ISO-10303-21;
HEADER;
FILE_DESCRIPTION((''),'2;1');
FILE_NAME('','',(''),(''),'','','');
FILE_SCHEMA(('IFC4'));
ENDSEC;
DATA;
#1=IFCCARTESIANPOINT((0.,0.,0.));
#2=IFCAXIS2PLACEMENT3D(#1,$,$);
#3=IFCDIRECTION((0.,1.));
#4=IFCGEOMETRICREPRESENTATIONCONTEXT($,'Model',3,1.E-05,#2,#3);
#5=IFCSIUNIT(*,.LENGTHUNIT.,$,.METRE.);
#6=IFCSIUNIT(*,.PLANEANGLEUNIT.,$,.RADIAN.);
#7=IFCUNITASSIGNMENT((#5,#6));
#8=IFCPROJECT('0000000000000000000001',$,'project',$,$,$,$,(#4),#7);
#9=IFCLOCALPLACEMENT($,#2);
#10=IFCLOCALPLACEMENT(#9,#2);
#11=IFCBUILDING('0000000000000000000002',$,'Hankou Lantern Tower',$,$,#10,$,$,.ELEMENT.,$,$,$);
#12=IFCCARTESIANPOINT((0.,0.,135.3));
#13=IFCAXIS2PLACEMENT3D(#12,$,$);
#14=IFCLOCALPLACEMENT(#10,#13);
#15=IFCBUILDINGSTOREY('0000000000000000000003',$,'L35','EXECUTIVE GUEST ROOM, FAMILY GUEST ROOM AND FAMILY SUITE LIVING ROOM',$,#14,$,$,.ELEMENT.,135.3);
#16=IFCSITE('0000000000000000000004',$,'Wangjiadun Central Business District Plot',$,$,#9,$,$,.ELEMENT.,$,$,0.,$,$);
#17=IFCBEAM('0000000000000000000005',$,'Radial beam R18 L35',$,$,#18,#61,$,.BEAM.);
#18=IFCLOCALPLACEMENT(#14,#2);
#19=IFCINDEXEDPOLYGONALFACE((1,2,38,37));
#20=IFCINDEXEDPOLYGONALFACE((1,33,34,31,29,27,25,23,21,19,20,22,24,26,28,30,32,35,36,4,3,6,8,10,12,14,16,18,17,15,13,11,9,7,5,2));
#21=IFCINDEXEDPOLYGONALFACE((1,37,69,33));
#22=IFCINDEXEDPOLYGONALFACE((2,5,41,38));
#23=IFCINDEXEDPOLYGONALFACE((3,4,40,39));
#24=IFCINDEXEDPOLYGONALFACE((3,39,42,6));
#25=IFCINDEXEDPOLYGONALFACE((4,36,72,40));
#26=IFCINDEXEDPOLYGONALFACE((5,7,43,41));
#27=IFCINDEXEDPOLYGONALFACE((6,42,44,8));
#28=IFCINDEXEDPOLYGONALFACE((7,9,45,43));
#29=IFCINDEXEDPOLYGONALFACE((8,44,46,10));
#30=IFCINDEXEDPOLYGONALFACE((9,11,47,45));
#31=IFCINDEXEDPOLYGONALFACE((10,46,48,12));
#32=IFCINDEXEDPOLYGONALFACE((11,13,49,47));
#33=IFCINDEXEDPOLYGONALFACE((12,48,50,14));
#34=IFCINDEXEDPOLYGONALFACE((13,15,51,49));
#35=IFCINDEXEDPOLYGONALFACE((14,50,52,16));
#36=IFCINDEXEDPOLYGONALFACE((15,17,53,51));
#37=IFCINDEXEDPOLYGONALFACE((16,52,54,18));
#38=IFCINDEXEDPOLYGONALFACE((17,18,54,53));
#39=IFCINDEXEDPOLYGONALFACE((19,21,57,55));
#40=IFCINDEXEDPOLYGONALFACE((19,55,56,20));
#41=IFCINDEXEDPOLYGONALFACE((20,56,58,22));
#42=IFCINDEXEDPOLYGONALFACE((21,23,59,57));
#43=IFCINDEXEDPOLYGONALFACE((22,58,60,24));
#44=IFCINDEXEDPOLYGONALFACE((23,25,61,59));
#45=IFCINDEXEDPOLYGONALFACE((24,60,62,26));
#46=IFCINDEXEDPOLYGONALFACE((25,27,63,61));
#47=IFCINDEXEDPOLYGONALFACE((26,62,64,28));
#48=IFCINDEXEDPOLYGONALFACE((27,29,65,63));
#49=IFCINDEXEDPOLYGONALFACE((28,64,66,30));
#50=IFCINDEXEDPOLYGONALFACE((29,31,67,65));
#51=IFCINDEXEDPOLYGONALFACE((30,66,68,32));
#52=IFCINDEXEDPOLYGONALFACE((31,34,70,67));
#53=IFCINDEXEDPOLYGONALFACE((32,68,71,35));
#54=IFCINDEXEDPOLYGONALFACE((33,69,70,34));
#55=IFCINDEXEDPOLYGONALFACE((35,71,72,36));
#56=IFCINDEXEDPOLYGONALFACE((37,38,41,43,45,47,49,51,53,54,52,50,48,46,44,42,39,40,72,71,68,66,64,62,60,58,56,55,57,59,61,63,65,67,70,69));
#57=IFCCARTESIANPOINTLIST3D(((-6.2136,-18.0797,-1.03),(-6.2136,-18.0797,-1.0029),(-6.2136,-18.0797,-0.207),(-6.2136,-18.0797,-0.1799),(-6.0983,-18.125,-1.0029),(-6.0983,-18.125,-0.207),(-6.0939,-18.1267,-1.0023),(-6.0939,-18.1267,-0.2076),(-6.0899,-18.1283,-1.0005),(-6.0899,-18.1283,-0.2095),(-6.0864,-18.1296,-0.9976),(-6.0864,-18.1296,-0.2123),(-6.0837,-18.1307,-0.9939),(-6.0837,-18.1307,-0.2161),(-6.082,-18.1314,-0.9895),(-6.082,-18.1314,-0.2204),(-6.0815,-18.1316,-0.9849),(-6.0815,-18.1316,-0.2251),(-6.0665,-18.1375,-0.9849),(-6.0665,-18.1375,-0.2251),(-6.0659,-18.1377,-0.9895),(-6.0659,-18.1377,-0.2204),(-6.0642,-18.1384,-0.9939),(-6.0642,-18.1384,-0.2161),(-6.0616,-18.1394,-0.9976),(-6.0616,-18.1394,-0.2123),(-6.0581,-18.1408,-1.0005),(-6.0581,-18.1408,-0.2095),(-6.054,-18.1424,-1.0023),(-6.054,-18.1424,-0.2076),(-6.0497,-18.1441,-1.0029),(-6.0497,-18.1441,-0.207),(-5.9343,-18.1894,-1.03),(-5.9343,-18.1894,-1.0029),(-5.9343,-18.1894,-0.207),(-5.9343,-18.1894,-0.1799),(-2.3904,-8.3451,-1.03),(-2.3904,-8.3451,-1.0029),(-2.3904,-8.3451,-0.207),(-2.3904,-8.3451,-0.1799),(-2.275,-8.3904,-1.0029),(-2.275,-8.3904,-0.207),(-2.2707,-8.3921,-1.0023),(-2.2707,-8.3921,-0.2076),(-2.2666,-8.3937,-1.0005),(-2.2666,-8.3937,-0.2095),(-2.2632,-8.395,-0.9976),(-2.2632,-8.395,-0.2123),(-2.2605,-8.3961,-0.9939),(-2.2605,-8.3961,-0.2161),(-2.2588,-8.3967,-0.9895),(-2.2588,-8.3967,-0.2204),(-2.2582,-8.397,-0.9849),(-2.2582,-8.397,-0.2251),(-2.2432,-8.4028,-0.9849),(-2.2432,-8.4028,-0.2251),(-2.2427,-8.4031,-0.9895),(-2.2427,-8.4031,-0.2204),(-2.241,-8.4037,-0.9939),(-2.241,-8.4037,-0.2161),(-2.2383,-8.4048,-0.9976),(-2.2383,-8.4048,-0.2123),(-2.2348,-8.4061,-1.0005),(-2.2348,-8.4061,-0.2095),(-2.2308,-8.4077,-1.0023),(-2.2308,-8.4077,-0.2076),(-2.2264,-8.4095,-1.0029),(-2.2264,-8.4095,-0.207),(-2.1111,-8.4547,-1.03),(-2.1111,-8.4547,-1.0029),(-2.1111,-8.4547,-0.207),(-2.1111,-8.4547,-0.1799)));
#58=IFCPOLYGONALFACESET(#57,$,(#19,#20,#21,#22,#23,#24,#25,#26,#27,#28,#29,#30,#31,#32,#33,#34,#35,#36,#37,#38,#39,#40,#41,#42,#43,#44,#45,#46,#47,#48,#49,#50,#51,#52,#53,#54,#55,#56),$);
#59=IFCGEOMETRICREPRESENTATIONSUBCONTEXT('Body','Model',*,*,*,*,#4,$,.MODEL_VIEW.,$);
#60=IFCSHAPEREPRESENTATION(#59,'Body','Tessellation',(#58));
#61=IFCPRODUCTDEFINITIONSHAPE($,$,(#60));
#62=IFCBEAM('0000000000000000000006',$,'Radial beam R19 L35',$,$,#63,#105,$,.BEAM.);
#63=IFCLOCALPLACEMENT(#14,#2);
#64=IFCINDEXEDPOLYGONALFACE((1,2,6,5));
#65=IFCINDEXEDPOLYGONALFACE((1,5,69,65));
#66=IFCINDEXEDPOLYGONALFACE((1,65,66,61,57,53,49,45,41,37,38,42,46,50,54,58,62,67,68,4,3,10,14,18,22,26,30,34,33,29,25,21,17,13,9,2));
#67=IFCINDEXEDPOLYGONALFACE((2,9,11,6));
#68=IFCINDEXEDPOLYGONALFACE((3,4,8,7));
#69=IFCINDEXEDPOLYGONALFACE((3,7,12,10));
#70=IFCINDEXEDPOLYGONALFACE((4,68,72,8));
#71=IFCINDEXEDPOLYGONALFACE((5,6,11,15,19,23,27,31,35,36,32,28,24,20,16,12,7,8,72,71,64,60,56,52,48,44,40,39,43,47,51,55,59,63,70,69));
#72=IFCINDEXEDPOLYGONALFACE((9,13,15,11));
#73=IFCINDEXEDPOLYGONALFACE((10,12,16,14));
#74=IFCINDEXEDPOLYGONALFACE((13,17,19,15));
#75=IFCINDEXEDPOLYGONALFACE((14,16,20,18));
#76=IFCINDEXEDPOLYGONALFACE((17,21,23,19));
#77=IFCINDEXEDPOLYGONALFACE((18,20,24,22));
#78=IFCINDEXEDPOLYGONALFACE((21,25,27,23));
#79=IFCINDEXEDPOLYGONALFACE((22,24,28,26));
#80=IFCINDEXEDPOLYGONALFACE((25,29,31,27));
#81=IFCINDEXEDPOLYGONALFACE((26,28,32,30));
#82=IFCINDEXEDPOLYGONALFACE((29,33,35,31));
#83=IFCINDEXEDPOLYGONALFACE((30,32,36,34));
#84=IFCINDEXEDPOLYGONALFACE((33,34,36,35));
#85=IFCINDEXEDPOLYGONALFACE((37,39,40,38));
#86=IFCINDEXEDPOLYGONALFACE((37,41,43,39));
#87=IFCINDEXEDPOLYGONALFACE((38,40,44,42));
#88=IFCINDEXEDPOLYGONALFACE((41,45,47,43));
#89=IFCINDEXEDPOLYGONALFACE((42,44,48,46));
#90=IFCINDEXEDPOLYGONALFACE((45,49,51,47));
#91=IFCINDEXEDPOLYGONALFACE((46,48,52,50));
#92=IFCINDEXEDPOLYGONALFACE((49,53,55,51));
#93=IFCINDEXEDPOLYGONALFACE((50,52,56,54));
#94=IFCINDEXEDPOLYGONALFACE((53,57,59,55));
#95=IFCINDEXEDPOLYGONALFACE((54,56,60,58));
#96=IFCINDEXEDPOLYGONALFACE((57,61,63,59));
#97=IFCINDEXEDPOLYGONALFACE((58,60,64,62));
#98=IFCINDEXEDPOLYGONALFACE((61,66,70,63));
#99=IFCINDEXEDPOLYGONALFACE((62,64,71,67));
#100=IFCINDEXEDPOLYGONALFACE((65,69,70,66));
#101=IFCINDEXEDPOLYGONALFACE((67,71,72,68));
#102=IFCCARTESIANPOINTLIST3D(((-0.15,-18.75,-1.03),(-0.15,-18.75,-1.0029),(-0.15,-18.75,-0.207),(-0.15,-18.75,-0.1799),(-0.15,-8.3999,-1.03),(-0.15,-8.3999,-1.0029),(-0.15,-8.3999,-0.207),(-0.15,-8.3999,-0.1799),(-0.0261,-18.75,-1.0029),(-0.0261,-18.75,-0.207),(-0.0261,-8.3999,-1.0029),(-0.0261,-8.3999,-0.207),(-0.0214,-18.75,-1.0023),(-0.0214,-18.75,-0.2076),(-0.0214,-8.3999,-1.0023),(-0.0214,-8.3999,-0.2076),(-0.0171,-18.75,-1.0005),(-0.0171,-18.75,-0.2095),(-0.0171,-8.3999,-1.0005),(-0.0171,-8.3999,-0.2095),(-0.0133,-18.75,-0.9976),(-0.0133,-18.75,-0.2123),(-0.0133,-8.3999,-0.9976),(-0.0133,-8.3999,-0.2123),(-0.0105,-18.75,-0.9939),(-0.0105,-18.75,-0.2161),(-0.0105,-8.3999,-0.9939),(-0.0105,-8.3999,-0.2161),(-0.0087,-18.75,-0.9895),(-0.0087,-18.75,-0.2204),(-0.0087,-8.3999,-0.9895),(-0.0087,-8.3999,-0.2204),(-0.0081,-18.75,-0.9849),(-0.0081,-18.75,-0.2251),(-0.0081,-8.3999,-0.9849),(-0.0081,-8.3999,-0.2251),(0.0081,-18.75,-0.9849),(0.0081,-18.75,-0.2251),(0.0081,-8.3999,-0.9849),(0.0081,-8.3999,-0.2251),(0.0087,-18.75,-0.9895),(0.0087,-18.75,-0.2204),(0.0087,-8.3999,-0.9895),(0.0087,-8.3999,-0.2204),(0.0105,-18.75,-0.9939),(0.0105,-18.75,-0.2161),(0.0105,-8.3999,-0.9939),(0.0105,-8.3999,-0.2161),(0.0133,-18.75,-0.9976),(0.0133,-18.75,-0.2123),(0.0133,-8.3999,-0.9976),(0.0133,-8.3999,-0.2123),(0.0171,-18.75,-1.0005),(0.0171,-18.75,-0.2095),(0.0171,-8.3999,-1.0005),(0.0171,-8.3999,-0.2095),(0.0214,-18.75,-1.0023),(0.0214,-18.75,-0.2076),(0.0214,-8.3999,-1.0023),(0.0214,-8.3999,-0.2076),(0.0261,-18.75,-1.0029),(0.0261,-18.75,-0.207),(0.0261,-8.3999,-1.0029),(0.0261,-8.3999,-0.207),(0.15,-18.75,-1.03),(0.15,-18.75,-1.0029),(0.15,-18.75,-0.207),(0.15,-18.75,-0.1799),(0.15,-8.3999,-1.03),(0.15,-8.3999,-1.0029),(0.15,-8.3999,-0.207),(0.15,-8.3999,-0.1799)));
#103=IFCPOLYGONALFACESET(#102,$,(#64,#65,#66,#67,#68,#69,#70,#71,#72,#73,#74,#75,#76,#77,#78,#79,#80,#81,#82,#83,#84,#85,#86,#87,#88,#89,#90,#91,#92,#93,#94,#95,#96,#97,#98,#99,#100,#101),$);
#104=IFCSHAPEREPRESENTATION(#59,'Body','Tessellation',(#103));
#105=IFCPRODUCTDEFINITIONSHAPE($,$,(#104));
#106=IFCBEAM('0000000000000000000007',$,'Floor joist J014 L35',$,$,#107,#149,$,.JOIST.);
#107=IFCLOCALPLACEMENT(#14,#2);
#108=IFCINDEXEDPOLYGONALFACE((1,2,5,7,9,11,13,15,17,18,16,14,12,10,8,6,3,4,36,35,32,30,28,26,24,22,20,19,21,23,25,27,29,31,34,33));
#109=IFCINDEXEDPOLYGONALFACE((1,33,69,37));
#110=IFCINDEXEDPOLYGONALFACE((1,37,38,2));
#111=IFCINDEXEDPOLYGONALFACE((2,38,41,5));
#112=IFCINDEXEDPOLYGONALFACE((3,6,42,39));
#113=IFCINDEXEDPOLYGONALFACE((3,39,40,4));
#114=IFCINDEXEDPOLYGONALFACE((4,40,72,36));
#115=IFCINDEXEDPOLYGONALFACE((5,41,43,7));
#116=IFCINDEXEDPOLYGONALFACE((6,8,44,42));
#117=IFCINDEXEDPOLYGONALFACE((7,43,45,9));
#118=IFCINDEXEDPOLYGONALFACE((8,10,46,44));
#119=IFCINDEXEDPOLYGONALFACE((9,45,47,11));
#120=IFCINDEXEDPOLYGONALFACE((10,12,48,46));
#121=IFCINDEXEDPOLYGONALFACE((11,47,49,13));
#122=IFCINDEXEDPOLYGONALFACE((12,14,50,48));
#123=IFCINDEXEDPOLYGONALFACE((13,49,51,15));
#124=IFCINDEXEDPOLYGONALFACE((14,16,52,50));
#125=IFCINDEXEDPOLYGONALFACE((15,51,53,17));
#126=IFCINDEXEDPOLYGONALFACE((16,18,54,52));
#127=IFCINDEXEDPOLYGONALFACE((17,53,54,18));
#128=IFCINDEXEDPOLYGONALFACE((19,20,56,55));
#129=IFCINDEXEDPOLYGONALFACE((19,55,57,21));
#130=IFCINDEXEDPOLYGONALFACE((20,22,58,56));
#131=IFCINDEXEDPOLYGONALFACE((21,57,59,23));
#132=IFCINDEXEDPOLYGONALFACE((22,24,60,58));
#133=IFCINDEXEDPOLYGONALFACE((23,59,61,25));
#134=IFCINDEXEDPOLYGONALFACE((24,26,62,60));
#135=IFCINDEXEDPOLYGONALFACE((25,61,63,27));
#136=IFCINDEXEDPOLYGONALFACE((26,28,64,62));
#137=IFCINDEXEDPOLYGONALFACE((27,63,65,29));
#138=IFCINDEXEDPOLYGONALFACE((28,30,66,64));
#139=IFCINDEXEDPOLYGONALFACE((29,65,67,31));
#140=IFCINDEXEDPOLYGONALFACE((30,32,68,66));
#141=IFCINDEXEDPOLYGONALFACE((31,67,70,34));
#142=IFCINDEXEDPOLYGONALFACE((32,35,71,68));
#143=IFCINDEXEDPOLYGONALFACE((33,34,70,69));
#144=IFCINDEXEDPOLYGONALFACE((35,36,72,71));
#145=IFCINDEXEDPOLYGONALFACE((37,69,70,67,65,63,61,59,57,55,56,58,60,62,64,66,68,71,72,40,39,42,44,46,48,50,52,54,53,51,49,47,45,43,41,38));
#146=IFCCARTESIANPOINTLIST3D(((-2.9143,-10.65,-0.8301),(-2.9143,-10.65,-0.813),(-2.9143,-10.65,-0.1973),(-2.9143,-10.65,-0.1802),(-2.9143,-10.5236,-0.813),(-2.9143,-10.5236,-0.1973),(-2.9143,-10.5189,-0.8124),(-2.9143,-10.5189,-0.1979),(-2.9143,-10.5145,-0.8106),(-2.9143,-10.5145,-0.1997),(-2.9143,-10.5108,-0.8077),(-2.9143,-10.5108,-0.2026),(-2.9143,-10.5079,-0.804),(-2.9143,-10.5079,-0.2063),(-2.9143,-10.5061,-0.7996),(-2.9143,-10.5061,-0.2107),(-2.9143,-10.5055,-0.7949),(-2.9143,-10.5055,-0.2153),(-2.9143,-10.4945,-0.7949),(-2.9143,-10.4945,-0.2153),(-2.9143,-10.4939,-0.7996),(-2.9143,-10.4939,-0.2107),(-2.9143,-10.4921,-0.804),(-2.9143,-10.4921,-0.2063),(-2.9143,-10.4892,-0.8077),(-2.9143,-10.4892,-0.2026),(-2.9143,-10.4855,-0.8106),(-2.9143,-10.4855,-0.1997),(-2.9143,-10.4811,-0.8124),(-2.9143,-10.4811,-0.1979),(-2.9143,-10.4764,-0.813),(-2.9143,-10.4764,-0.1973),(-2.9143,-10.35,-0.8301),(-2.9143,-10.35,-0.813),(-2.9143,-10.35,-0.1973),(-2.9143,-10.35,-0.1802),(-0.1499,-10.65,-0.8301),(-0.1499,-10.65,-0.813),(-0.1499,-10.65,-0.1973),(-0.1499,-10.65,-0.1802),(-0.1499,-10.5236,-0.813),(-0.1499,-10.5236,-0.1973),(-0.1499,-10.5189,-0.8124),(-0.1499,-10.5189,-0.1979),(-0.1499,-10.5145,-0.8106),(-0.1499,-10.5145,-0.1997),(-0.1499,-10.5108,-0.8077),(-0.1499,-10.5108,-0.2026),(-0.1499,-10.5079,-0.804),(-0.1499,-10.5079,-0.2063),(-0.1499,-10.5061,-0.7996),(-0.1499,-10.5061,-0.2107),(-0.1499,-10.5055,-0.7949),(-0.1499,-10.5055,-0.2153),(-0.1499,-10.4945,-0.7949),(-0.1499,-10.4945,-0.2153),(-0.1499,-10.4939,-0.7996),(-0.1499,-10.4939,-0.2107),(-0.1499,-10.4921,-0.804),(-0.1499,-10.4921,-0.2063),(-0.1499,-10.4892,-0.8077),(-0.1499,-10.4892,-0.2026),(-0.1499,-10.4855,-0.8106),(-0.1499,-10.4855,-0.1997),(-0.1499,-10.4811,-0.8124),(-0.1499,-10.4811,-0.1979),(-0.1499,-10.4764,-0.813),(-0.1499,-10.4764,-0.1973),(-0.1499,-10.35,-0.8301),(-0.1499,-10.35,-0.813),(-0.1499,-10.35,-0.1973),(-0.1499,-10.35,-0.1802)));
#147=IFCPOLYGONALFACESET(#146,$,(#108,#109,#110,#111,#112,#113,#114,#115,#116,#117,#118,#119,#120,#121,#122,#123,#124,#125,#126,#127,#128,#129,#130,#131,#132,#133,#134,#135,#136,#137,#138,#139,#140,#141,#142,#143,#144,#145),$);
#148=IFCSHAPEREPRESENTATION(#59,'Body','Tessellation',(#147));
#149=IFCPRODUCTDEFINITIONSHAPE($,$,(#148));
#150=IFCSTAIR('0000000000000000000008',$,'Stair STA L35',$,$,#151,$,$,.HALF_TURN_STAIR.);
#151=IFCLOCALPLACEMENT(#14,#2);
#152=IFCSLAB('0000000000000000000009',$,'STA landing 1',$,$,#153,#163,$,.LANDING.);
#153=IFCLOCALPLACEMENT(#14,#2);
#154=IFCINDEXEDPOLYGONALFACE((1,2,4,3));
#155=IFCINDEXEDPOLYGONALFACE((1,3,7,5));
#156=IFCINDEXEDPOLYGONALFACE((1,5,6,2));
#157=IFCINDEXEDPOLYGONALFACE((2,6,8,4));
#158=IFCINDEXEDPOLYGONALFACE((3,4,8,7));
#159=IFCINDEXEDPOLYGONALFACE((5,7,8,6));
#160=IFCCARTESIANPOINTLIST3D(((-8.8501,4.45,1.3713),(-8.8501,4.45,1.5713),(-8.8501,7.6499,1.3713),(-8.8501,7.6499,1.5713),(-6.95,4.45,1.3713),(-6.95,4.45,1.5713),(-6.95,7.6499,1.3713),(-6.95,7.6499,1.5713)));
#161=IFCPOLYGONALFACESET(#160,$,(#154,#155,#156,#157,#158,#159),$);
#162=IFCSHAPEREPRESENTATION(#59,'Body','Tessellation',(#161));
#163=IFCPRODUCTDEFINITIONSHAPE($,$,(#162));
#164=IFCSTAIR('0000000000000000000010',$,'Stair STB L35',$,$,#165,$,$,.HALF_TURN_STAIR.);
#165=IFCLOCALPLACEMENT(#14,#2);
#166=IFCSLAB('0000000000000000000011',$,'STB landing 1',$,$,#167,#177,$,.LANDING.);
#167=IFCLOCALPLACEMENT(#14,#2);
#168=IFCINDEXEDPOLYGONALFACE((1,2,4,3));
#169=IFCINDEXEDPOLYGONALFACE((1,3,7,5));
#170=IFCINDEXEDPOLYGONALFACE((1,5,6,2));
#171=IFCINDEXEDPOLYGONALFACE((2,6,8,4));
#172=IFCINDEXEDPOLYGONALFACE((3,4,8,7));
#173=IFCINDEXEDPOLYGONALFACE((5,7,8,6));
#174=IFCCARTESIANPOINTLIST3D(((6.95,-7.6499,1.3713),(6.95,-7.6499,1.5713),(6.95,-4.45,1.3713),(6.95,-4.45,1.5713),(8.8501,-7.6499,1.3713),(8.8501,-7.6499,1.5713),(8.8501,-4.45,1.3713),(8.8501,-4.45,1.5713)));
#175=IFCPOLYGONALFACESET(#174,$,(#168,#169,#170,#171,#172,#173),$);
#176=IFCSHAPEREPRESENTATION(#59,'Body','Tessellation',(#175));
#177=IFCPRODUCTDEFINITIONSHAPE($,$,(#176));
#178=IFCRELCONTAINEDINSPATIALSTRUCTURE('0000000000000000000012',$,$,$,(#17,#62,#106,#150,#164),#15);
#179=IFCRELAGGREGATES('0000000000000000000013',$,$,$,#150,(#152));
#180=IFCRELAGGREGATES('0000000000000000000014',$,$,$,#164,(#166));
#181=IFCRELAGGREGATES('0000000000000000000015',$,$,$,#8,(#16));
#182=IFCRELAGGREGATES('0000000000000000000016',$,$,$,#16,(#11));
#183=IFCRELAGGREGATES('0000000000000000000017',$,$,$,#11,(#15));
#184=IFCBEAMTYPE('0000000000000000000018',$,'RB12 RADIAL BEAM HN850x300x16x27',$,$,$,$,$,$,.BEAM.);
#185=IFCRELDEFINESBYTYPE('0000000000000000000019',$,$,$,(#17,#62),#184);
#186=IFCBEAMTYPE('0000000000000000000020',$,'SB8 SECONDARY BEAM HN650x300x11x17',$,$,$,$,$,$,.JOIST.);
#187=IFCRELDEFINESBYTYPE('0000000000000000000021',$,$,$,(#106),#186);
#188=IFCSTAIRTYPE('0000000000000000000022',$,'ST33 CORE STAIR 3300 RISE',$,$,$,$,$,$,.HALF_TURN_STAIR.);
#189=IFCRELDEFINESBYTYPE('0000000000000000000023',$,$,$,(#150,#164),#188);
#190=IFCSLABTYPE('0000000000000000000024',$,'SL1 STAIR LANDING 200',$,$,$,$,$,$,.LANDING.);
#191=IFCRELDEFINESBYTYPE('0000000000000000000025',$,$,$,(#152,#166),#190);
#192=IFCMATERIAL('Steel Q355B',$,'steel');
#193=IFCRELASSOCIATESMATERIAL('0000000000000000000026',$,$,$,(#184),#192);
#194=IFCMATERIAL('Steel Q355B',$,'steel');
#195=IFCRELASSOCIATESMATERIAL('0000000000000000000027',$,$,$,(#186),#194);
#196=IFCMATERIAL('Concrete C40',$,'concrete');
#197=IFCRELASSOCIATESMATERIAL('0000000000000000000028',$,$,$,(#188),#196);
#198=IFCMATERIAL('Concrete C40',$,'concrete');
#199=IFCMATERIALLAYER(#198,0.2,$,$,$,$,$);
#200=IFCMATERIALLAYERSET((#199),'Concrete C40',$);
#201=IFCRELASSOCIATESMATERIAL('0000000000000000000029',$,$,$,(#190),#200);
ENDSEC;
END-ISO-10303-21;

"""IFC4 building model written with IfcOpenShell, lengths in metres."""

from ifc_helpers import new_model, si_unit, direction, frame, origin, origin_2d, place, context, subcontext, project, spatial, polyline, i_section, outline, extrude, material, layer, layer_set, material_profile, profile_set, type_object, element, aggregate, save


model = new_model("IFC4")

# Units and contexts
model_context = context("Model", 3, precision=1e-05, world=origin(), true_north=direction((0.0, 1.0)))
body_context = subcontext(model_context, "Body", "Model", "MODEL_VIEW")
ifc_project = project(units=[si_unit("LENGTHUNIT", "METRE"), si_unit("PLANEANGLEUNIT", "RADIAN")], contexts=[model_context])

# Site, building, storey
site_placement = place(None, origin())
site = spatial("IfcSite", under=ifc_project, at=site_placement, Name="Wangjiadun Central Business District Plot", CompositionType="ELEMENT", RefElevation=0.0)
building_placement = place(site_placement, origin())
building = spatial("IfcBuilding", under=site, at=building_placement, Name="Hankou Lantern Tower", CompositionType="ELEMENT")
storey_placement = place(building_placement, frame((0.0, 0.0, 135.3)))
storey = spatial("IfcBuildingStorey", under=building, at=storey_placement, Name="L35", Description="EXECUTIVE GUEST ROOM, FAMILY GUEST ROOM AND FAMILY SUITE LIVING ROOM", CompositionType="ELEMENT", Elevation=135.3)

# Beams
ifc_material_1 = material(Name="Steel Q355B", Category="steel")
ifc_material_profile_1 = material_profile(ifc_material_1, i_section(OverallWidth=0.3, OverallDepth=0.8501, WebThickness=0.0161, FlangeThickness=0.0271, FilletRadius=0.0181, at=origin_2d()), Name="HN850x300x16x27")
ifc_profile_set_1 = profile_set([ifc_material_profile_1], Name="Steel Q355B")
beam_type_1 = type_object("IfcBeamType", Name="RB12 RADIAL BEAM HN850x300x16x27", PredefinedType="BEAM", material=ifc_profile_set_1)
beam_1_placement = place(storey_placement, frame((-2.2507, -8.3999, -0.605), z_axis=(-0.365564, -0.930786, 0.0), x_axis=(0.930786, -0.365564, 0.0)))
element("IfcBeam", 1, at=beam_1_placement, inside=storey, type_object=beam_type_1, Name="Radial beam R18 L35", PredefinedType="BEAM", context=body_context, shape_type="SweptSolid", body=[
    extrude(i_section(OverallWidth=0.3, OverallDepth=0.8501, WebThickness=0.0161, FlangeThickness=0.0271, FilletRadius=0.0181, at=origin_2d()), origin(), (0.0, 0.0, 1.0), 10.4585),
])
beam_2_placement = place(storey_placement, frame((0.0, -8.3999, -0.605), z_axis=(0.0, -1.0, 0.0), x_axis=(1.0, 0.0, 0.0)))
element("IfcBeam", 2, at=beam_2_placement, inside=storey, type_object=beam_type_1, Name="Radial beam R19 L35", PredefinedType="BEAM", context=body_context, shape_type="SweptSolid", body=[
    extrude(i_section(OverallWidth=0.3, OverallDepth=0.8501, WebThickness=0.0161, FlangeThickness=0.0271, FilletRadius=0.0181, at=origin_2d()), origin(), (0.0, 0.0, 1.0), 10.3501),
])
ifc_material_2 = material(Name="Steel Q355B", Category="steel")
ifc_material_profile_2 = material_profile(ifc_material_2, i_section(OverallWidth=0.3, OverallDepth=0.6499, WebThickness=0.011, FlangeThickness=0.0171, FilletRadius=0.0181, at=origin_2d()), Name="HN650x300x11x17")
ifc_profile_set_2 = profile_set([ifc_material_profile_2], Name="Steel Q355B")
beam_type_2 = type_object("IfcBeamType", Name="SB8 SECONDARY BEAM HN650x300x11x17", PredefinedType="JOIST", material=ifc_profile_set_2)
beam_3_placement = place(storey_placement, frame((-2.9143, -10.5, -0.5051), z_axis=(1.0, 0.0, 0.0), x_axis=(0.0, 1.0, 0.0)))
element("IfcBeam", 3, at=beam_3_placement, inside=storey, type_object=beam_type_2, Name="Floor joist J014 L35", PredefinedType="JOIST", context=body_context, shape_type="SweptSolid", body=[
    extrude(i_section(OverallWidth=0.3, OverallDepth=0.6499, WebThickness=0.011, FlangeThickness=0.0171, FilletRadius=0.0181, at=origin_2d()), origin(), (0.0, 0.0, 1.0), 2.7644),
])

# Stairs, slabs
ifc_material_3 = material(Name="Concrete C40", Category="concrete")
stair_type = type_object("IfcStairType", Name="ST33 CORE STAIR 3300 RISE", PredefinedType="HALF_TURN_STAIR", material=ifc_material_3)
stair_1_placement = place(storey_placement, origin())
stair_1 = element("IfcStair", 4, at=stair_1_placement, inside=storey, type_object=stair_type, Name="Stair STA L35", PredefinedType="HALF_TURN_STAIR")
ifc_material_4 = material(Name="Concrete C40", Category="concrete")
ifc_layer_1 = layer(ifc_material_4, 0.2)
ifc_layer_set_1 = layer_set([ifc_layer_1], Name="Concrete C40")
slab_type_1 = type_object("IfcSlabType", Name="SL1 STAIR LANDING 200", PredefinedType="LANDING", material=ifc_layer_set_1)
slab_1_placement = place(storey_placement, frame((0.0, 0.0, 1.3713)))
slab_1 = element("IfcSlab", 5, at=slab_1_placement, type_object=slab_type_1, Name="STA landing 1", PredefinedType="LANDING", context=body_context, shape_type="SweptSolid", body=[
    extrude(outline(polyline([(-8.8501, 4.45), (-6.95, 4.45), (-6.95, 7.6499), (-8.8501, 7.6499), (-8.8501, 4.45)])), origin(), (0.0, 0.0, 1.0), 0.2),
])
aggregate(stair_1, [slab_1])
stair_2_placement = place(storey_placement, origin())
stair_2 = element("IfcStair", 6, at=stair_2_placement, inside=storey, type_object=stair_type, Name="Stair STB L35", PredefinedType="HALF_TURN_STAIR")
slab_2_placement = place(storey_placement, frame((0.0, 0.0, 1.3713)))
slab_2 = element("IfcSlab", 7, at=slab_2_placement, type_object=slab_type_1, Name="STB landing 1", PredefinedType="LANDING", context=body_context, shape_type="SweptSolid", body=[
    extrude(outline(polyline([(8.8501, -4.45), (6.95, -4.45), (6.95, -7.6499), (8.8501, -7.6499), (8.8501, -4.45)])), origin(), (0.0, 0.0, 1.0), 0.2),
])
aggregate(stair_2, [slab_2])

save(model, "model.ifc")
